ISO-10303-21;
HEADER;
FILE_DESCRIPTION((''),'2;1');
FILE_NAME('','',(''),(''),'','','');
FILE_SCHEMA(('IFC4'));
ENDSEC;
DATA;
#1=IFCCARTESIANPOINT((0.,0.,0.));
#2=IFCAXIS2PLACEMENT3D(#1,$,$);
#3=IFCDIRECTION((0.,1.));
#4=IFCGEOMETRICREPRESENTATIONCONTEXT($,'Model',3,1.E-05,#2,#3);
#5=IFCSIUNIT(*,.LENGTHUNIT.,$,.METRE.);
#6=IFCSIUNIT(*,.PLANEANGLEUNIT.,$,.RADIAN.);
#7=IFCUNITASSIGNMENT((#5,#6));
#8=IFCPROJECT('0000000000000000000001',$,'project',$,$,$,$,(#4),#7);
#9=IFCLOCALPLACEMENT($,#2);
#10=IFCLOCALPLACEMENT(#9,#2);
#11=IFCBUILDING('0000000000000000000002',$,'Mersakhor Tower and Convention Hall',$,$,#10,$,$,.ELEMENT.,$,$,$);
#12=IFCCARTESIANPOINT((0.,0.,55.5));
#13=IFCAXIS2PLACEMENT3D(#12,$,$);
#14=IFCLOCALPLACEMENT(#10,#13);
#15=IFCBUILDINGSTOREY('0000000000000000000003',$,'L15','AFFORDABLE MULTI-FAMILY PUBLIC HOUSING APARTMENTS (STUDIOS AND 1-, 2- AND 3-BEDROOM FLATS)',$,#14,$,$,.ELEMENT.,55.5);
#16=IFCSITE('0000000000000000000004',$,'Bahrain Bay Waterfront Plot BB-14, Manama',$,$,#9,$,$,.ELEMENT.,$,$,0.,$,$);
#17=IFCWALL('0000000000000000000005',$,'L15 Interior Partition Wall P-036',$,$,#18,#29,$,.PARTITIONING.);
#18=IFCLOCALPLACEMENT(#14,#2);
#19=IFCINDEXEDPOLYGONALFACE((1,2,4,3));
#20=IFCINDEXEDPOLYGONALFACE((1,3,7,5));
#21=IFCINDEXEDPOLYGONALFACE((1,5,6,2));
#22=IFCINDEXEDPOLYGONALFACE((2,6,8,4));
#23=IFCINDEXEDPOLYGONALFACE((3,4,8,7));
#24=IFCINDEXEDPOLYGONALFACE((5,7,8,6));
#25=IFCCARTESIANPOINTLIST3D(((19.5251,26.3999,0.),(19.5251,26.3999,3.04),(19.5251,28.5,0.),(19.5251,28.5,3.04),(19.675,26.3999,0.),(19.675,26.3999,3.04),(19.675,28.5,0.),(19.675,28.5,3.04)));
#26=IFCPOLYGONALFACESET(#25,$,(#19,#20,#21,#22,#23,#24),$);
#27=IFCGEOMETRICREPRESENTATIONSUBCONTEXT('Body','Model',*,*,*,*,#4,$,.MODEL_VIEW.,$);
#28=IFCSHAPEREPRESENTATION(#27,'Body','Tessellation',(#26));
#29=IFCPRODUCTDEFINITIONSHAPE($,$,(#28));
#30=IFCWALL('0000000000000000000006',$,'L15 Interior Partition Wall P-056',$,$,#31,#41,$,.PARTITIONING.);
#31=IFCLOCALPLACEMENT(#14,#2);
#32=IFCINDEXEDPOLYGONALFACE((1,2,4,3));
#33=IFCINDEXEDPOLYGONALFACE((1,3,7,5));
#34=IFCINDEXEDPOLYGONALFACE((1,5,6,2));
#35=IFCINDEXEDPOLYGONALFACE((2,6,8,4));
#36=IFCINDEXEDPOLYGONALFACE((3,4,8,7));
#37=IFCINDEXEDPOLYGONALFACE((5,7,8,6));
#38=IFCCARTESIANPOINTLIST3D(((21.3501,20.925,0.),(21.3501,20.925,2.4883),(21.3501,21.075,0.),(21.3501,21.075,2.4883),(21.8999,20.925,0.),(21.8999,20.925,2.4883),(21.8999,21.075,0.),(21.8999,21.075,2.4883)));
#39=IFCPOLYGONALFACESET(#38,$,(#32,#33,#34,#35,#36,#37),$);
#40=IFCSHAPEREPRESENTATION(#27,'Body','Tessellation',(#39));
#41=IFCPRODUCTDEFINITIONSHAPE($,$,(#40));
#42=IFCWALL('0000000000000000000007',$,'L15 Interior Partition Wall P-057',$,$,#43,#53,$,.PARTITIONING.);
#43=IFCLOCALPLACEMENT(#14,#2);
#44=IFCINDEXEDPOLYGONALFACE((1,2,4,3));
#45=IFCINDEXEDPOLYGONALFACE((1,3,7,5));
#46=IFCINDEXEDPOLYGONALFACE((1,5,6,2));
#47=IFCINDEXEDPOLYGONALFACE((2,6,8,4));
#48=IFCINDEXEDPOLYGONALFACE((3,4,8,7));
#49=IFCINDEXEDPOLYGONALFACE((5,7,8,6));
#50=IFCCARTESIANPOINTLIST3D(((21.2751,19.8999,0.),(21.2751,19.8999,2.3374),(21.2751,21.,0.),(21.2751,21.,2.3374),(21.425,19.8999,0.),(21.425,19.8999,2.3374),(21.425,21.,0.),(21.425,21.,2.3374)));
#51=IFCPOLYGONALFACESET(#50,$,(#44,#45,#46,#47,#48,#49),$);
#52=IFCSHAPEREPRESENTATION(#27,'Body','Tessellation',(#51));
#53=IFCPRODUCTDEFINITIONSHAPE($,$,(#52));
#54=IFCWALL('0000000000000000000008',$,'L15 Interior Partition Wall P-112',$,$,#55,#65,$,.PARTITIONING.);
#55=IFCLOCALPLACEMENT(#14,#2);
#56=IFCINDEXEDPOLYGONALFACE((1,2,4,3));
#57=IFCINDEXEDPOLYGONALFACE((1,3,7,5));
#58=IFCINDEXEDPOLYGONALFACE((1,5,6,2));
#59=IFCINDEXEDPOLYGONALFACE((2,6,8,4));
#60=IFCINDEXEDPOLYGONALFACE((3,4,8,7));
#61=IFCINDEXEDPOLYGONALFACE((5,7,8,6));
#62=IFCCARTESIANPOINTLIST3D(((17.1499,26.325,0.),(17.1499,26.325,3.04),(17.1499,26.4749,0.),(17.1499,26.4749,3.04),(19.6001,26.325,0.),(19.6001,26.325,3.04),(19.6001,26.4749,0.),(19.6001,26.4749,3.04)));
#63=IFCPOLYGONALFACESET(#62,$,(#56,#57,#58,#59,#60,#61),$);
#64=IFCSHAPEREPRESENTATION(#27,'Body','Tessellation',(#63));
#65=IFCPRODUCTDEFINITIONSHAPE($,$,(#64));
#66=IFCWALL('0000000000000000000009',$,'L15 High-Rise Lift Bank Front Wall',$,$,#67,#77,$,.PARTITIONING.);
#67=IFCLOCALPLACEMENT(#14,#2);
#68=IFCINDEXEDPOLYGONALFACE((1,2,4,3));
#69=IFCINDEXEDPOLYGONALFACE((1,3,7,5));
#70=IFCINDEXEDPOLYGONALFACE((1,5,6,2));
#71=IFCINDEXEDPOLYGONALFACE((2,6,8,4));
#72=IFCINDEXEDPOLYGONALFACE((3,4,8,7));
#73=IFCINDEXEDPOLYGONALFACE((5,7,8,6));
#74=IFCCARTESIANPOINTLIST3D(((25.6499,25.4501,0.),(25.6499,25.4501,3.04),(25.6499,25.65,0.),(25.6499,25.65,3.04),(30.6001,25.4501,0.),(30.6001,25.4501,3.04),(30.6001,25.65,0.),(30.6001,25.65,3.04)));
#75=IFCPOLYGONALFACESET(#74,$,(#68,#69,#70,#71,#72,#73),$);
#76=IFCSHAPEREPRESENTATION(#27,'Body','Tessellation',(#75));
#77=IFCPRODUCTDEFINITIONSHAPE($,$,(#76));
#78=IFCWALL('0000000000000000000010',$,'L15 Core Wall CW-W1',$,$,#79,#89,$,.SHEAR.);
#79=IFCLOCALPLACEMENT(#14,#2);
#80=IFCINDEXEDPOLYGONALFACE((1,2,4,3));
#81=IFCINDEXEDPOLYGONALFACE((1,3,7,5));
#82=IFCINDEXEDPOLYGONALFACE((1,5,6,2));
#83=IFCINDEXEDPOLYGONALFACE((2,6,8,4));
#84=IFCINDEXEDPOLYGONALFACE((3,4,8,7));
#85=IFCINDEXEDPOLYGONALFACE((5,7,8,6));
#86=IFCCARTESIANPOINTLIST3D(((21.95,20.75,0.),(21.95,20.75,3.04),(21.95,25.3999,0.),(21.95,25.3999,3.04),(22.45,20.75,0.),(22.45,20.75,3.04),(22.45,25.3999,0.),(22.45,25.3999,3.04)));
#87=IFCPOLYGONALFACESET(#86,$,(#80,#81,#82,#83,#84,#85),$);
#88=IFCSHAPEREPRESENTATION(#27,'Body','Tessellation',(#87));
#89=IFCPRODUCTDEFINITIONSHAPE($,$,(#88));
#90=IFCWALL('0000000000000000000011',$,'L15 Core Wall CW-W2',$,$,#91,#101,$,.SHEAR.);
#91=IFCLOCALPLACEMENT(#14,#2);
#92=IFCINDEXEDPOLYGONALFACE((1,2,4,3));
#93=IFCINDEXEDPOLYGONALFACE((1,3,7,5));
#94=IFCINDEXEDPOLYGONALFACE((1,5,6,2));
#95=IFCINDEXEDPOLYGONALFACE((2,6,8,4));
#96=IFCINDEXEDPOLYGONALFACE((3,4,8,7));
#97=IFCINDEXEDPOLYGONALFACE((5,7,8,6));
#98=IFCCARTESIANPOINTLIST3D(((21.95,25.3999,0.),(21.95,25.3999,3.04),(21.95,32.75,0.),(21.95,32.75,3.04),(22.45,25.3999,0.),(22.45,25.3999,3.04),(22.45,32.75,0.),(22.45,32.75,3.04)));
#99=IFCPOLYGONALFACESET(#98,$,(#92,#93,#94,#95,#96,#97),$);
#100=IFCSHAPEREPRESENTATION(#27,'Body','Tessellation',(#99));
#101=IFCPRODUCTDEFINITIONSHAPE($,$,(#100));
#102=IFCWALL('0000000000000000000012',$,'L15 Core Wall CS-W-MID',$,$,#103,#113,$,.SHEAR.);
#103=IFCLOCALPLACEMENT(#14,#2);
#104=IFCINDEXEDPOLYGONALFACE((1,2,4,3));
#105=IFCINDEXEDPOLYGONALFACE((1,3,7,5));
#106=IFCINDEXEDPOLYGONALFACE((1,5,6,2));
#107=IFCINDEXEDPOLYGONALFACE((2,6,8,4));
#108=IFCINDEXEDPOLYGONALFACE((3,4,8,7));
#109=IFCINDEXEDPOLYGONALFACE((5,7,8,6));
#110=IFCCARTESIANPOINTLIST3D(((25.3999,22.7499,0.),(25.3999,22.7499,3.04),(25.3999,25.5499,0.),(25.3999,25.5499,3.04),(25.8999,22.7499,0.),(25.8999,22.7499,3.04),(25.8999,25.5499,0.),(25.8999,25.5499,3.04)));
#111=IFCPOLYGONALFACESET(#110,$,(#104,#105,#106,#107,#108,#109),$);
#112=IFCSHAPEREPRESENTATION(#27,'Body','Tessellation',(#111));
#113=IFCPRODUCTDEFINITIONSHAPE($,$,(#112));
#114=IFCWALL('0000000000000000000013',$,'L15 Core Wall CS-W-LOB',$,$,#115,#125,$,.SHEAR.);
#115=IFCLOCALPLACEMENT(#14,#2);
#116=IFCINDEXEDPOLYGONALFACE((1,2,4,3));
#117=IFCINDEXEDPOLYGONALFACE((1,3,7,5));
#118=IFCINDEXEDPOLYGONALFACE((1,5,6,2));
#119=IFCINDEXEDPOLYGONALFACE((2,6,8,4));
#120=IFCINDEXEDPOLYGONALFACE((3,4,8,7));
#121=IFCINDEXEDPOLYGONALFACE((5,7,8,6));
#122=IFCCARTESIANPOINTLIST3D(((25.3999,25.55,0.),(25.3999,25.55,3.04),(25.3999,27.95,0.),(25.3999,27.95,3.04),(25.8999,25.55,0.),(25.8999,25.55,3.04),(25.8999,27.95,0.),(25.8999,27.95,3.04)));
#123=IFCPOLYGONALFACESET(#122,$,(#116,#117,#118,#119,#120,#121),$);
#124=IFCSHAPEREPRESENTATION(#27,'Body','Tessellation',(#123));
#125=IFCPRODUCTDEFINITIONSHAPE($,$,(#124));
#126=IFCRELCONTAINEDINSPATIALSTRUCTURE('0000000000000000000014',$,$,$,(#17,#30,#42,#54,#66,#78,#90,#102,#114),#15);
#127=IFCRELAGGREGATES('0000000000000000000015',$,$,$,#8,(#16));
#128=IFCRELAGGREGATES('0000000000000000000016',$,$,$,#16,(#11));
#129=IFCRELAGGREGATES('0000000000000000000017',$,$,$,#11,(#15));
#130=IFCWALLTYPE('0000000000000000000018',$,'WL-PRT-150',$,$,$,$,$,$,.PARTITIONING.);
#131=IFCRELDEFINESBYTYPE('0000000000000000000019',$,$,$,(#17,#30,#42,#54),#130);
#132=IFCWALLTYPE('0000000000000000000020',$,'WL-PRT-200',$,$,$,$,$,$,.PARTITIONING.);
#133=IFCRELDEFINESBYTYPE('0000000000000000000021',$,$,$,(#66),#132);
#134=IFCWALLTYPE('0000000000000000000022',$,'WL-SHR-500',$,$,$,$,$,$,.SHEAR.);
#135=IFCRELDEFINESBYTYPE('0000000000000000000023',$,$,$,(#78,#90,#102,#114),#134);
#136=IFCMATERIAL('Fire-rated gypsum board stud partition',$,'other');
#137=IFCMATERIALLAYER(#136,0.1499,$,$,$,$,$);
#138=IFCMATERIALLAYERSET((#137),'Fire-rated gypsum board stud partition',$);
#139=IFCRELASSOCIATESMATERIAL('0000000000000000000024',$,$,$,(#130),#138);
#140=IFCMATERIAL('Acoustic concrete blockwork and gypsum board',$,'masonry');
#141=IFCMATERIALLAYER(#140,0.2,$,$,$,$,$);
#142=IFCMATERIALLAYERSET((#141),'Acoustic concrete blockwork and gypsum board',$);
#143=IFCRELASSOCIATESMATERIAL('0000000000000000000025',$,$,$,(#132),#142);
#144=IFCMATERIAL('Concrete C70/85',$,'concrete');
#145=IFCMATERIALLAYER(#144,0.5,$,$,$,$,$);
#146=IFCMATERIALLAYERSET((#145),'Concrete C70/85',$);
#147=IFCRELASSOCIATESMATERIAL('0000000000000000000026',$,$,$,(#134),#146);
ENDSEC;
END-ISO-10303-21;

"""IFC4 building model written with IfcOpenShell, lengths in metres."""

from ifc_helpers import new_model, si_unit, direction, frame, frame_2d, origin, place, context, subcontext, project, spatial, rectangle, extrude, material, layer, layer_set, type_object, element, save


model = new_model("IFC4")

# Units and contexts
model_context = context("Model", 3, precision=1e-05, world=origin(), true_north=direction((0.0, 1.0)))
body_context = subcontext(model_context, "Body", "Model", "MODEL_VIEW")
ifc_project = project(units=[si_unit("LENGTHUNIT", "METRE"), si_unit("PLANEANGLEUNIT", "RADIAN")], contexts=[model_context])

# Site, building, storey
site_placement = place(None, origin())
site = spatial("IfcSite", under=ifc_project, at=site_placement, Name="Bahrain Bay Waterfront Plot BB-14, Manama", CompositionType="ELEMENT", RefElevation=0.0)
building_placement = place(site_placement, origin())
building = spatial("IfcBuilding", under=site, at=building_placement, Name="Mersakhor Tower and Convention Hall", CompositionType="ELEMENT")
storey_placement = place(building_placement, frame((0.0, 0.0, 55.5)))
storey = spatial("IfcBuildingStorey", under=building, at=storey_placement, Name="L15", Description="AFFORDABLE MULTI-FAMILY PUBLIC HOUSING APARTMENTS (STUDIOS AND 1-, 2- AND 3-BEDROOM FLATS)", CompositionType="ELEMENT", Elevation=55.5)

# Shared definitions
ifc_material_1 = material(Name="Fire-rated gypsum board stud partition", Category="other")
ifc_layer_1 = layer(ifc_material_1, 0.1499)
ifc_layer_set_1 = layer_set([ifc_layer_1], Name="Fire-rated gypsum board stud partition")
wall_type_1 = type_object("IfcWallType", Name="WL-PRT-150", PredefinedType="PARTITIONING", material=ifc_layer_set_1)

# Walls
wall_1_placement = place(storey_placement, frame((19.6001, 26.3999, 0.0), z_axis=(0.0, 0.0, 1.0), x_axis=(0.0, 1.0, 0.0)))
element("IfcWall", 1, at=wall_1_placement, inside=storey, type_object=wall_type_1, Name="L15 Interior Partition Wall P-036", PredefinedType="PARTITIONING", context=body_context, shape_type="SweptSolid", body=[
    extrude(rectangle(XDim=2.1001, YDim=0.1499, at=frame_2d((1.05, 0.0))), origin(), (0.0, 0.0, 1.0), 3.04),
])
wall_2_placement = place(storey_placement, frame((21.8999, 21.0, 0.0), z_axis=(0.0, 0.0, 1.0), x_axis=(-1.0, 0.0, 0.0)))
element("IfcWall", 2, at=wall_2_placement, inside=storey, type_object=wall_type_1, Name="L15 Interior Partition Wall P-056", PredefinedType="PARTITIONING", context=body_context, shape_type="SweptSolid", body=[
    extrude(rectangle(XDim=0.5498, YDim=0.1499, at=frame_2d((0.2749, 0.0))), origin(), (0.0, 0.0, 1.0), 2.4883),
])
wall_3_placement = place(storey_placement, frame((21.3501, 21.0, 0.0), z_axis=(0.0, 0.0, 1.0), x_axis=(0.0, -1.0, 0.0)))
element("IfcWall", 3, at=wall_3_placement, inside=storey, type_object=wall_type_1, Name="L15 Interior Partition Wall P-057", PredefinedType="PARTITIONING", context=body_context, shape_type="SweptSolid", body=[
    extrude(rectangle(XDim=1.1001, YDim=0.1499, at=frame_2d((0.55, 0.0))), origin(), (0.0, 0.0, 1.0), 2.3374),
])
wall_4_placement = place(storey_placement, frame((19.6001, 26.3999, 0.0), z_axis=(0.0, 0.0, 1.0), x_axis=(-1.0, 0.0, 0.0)))
element("IfcWall", 4, at=wall_4_placement, inside=storey, type_object=wall_type_1, Name="L15 Interior Partition Wall P-112", PredefinedType="PARTITIONING", context=body_context, shape_type="SweptSolid", body=[
    extrude(rectangle(XDim=2.4502, YDim=0.1499, at=frame_2d((1.2251, 0.0))), origin(), (0.0, 0.0, 1.0), 3.04),
])
ifc_material_2 = material(Name="Acoustic concrete blockwork and gypsum board", Category="masonry")
ifc_layer_2 = layer(ifc_material_2, 0.2)
ifc_layer_set_2 = layer_set([ifc_layer_2], Name="Acoustic concrete blockwork and gypsum board")
wall_type_2 = type_object("IfcWallType", Name="WL-PRT-200", PredefinedType="PARTITIONING", material=ifc_layer_set_2)
wall_5_placement = place(storey_placement, frame((25.6499, 25.55, 0.0), z_axis=(0.0, 0.0, 1.0), x_axis=(1.0, 0.0, 0.0)))
element("IfcWall", 5, at=wall_5_placement, inside=storey, type_object=wall_type_2, Name="L15 High-Rise Lift Bank Front Wall", PredefinedType="PARTITIONING", context=body_context, shape_type="SweptSolid", body=[
    extrude(rectangle(XDim=4.9502, YDim=0.2, at=frame_2d((2.4751, 0.0))), origin(), (0.0, 0.0, 1.0), 3.04),
])

# Walls
ifc_material_3 = material(Name="Concrete C70/85", Category="concrete")
ifc_layer_3 = layer(ifc_material_3, 0.5)
ifc_layer_set_3 = layer_set([ifc_layer_3], Name="Concrete C70/85")
wall_type_3 = type_object("IfcWallType", Name="WL-SHR-500", PredefinedType="SHEAR", material=ifc_layer_set_3)
wall_6_placement = place(storey_placement, frame((22.2, 20.75, 0.0), z_axis=(0.0, 0.0, 1.0), x_axis=(0.0, 1.0, 0.0)))
element("IfcWall", 6, at=wall_6_placement, inside=storey, type_object=wall_type_3, Name="L15 Core Wall CW-W1", PredefinedType="SHEAR", context=body_context, shape_type="SweptSolid", body=[
    extrude(rectangle(XDim=4.6499, YDim=0.5, at=frame_2d((2.325, 0.0))), origin(), (0.0, 0.0, 1.0), 3.04),
])
wall_7_placement = place(storey_placement, frame((22.2, 25.3999, 0.0), z_axis=(0.0, 0.0, 1.0), x_axis=(0.0, 1.0, 0.0)))
element("IfcWall", 7, at=wall_7_placement, inside=storey, type_object=wall_type_3, Name="L15 Core Wall CW-W2", PredefinedType="SHEAR", context=body_context, shape_type="SweptSolid", body=[
    extrude(rectangle(XDim=7.3501, YDim=0.5, at=frame_2d((3.675, 0.0))), origin(), (0.0, 0.0, 1.0), 3.04),
])

# Walls
wall_8_placement = place(storey_placement, frame((25.6499, 22.75, 0.0), z_axis=(0.0, 0.0, 1.0), x_axis=(0.0, 1.0, 0.0)))
element("IfcWall", 8, at=wall_8_placement, inside=storey, type_object=wall_type_3, Name="L15 Core Wall CS-W-MID", PredefinedType="SHEAR", context=body_context, shape_type="SweptSolid", body=[
    extrude(rectangle(XDim=2.8, YDim=0.5, at=frame_2d((1.3999, 0.0))), origin(), (0.0, 0.0, 1.0), 3.04),
])
wall_9_placement = place(storey_placement, frame((25.6499, 25.55, 0.0), z_axis=(0.0, 0.0, 1.0), x_axis=(0.0, 1.0, 0.0)))
element("IfcWall", 9, at=wall_9_placement, inside=storey, type_object=wall_type_3, Name="L15 Core Wall CS-W-LOB", PredefinedType="SHEAR", context=body_context, shape_type="SweptSolid", body=[
    extrude(rectangle(XDim=2.3999, YDim=0.5, at=frame_2d((1.2, 0.0))), origin(), (0.0, 0.0, 1.0), 3.04),
])

save(model, "model.ifc")
